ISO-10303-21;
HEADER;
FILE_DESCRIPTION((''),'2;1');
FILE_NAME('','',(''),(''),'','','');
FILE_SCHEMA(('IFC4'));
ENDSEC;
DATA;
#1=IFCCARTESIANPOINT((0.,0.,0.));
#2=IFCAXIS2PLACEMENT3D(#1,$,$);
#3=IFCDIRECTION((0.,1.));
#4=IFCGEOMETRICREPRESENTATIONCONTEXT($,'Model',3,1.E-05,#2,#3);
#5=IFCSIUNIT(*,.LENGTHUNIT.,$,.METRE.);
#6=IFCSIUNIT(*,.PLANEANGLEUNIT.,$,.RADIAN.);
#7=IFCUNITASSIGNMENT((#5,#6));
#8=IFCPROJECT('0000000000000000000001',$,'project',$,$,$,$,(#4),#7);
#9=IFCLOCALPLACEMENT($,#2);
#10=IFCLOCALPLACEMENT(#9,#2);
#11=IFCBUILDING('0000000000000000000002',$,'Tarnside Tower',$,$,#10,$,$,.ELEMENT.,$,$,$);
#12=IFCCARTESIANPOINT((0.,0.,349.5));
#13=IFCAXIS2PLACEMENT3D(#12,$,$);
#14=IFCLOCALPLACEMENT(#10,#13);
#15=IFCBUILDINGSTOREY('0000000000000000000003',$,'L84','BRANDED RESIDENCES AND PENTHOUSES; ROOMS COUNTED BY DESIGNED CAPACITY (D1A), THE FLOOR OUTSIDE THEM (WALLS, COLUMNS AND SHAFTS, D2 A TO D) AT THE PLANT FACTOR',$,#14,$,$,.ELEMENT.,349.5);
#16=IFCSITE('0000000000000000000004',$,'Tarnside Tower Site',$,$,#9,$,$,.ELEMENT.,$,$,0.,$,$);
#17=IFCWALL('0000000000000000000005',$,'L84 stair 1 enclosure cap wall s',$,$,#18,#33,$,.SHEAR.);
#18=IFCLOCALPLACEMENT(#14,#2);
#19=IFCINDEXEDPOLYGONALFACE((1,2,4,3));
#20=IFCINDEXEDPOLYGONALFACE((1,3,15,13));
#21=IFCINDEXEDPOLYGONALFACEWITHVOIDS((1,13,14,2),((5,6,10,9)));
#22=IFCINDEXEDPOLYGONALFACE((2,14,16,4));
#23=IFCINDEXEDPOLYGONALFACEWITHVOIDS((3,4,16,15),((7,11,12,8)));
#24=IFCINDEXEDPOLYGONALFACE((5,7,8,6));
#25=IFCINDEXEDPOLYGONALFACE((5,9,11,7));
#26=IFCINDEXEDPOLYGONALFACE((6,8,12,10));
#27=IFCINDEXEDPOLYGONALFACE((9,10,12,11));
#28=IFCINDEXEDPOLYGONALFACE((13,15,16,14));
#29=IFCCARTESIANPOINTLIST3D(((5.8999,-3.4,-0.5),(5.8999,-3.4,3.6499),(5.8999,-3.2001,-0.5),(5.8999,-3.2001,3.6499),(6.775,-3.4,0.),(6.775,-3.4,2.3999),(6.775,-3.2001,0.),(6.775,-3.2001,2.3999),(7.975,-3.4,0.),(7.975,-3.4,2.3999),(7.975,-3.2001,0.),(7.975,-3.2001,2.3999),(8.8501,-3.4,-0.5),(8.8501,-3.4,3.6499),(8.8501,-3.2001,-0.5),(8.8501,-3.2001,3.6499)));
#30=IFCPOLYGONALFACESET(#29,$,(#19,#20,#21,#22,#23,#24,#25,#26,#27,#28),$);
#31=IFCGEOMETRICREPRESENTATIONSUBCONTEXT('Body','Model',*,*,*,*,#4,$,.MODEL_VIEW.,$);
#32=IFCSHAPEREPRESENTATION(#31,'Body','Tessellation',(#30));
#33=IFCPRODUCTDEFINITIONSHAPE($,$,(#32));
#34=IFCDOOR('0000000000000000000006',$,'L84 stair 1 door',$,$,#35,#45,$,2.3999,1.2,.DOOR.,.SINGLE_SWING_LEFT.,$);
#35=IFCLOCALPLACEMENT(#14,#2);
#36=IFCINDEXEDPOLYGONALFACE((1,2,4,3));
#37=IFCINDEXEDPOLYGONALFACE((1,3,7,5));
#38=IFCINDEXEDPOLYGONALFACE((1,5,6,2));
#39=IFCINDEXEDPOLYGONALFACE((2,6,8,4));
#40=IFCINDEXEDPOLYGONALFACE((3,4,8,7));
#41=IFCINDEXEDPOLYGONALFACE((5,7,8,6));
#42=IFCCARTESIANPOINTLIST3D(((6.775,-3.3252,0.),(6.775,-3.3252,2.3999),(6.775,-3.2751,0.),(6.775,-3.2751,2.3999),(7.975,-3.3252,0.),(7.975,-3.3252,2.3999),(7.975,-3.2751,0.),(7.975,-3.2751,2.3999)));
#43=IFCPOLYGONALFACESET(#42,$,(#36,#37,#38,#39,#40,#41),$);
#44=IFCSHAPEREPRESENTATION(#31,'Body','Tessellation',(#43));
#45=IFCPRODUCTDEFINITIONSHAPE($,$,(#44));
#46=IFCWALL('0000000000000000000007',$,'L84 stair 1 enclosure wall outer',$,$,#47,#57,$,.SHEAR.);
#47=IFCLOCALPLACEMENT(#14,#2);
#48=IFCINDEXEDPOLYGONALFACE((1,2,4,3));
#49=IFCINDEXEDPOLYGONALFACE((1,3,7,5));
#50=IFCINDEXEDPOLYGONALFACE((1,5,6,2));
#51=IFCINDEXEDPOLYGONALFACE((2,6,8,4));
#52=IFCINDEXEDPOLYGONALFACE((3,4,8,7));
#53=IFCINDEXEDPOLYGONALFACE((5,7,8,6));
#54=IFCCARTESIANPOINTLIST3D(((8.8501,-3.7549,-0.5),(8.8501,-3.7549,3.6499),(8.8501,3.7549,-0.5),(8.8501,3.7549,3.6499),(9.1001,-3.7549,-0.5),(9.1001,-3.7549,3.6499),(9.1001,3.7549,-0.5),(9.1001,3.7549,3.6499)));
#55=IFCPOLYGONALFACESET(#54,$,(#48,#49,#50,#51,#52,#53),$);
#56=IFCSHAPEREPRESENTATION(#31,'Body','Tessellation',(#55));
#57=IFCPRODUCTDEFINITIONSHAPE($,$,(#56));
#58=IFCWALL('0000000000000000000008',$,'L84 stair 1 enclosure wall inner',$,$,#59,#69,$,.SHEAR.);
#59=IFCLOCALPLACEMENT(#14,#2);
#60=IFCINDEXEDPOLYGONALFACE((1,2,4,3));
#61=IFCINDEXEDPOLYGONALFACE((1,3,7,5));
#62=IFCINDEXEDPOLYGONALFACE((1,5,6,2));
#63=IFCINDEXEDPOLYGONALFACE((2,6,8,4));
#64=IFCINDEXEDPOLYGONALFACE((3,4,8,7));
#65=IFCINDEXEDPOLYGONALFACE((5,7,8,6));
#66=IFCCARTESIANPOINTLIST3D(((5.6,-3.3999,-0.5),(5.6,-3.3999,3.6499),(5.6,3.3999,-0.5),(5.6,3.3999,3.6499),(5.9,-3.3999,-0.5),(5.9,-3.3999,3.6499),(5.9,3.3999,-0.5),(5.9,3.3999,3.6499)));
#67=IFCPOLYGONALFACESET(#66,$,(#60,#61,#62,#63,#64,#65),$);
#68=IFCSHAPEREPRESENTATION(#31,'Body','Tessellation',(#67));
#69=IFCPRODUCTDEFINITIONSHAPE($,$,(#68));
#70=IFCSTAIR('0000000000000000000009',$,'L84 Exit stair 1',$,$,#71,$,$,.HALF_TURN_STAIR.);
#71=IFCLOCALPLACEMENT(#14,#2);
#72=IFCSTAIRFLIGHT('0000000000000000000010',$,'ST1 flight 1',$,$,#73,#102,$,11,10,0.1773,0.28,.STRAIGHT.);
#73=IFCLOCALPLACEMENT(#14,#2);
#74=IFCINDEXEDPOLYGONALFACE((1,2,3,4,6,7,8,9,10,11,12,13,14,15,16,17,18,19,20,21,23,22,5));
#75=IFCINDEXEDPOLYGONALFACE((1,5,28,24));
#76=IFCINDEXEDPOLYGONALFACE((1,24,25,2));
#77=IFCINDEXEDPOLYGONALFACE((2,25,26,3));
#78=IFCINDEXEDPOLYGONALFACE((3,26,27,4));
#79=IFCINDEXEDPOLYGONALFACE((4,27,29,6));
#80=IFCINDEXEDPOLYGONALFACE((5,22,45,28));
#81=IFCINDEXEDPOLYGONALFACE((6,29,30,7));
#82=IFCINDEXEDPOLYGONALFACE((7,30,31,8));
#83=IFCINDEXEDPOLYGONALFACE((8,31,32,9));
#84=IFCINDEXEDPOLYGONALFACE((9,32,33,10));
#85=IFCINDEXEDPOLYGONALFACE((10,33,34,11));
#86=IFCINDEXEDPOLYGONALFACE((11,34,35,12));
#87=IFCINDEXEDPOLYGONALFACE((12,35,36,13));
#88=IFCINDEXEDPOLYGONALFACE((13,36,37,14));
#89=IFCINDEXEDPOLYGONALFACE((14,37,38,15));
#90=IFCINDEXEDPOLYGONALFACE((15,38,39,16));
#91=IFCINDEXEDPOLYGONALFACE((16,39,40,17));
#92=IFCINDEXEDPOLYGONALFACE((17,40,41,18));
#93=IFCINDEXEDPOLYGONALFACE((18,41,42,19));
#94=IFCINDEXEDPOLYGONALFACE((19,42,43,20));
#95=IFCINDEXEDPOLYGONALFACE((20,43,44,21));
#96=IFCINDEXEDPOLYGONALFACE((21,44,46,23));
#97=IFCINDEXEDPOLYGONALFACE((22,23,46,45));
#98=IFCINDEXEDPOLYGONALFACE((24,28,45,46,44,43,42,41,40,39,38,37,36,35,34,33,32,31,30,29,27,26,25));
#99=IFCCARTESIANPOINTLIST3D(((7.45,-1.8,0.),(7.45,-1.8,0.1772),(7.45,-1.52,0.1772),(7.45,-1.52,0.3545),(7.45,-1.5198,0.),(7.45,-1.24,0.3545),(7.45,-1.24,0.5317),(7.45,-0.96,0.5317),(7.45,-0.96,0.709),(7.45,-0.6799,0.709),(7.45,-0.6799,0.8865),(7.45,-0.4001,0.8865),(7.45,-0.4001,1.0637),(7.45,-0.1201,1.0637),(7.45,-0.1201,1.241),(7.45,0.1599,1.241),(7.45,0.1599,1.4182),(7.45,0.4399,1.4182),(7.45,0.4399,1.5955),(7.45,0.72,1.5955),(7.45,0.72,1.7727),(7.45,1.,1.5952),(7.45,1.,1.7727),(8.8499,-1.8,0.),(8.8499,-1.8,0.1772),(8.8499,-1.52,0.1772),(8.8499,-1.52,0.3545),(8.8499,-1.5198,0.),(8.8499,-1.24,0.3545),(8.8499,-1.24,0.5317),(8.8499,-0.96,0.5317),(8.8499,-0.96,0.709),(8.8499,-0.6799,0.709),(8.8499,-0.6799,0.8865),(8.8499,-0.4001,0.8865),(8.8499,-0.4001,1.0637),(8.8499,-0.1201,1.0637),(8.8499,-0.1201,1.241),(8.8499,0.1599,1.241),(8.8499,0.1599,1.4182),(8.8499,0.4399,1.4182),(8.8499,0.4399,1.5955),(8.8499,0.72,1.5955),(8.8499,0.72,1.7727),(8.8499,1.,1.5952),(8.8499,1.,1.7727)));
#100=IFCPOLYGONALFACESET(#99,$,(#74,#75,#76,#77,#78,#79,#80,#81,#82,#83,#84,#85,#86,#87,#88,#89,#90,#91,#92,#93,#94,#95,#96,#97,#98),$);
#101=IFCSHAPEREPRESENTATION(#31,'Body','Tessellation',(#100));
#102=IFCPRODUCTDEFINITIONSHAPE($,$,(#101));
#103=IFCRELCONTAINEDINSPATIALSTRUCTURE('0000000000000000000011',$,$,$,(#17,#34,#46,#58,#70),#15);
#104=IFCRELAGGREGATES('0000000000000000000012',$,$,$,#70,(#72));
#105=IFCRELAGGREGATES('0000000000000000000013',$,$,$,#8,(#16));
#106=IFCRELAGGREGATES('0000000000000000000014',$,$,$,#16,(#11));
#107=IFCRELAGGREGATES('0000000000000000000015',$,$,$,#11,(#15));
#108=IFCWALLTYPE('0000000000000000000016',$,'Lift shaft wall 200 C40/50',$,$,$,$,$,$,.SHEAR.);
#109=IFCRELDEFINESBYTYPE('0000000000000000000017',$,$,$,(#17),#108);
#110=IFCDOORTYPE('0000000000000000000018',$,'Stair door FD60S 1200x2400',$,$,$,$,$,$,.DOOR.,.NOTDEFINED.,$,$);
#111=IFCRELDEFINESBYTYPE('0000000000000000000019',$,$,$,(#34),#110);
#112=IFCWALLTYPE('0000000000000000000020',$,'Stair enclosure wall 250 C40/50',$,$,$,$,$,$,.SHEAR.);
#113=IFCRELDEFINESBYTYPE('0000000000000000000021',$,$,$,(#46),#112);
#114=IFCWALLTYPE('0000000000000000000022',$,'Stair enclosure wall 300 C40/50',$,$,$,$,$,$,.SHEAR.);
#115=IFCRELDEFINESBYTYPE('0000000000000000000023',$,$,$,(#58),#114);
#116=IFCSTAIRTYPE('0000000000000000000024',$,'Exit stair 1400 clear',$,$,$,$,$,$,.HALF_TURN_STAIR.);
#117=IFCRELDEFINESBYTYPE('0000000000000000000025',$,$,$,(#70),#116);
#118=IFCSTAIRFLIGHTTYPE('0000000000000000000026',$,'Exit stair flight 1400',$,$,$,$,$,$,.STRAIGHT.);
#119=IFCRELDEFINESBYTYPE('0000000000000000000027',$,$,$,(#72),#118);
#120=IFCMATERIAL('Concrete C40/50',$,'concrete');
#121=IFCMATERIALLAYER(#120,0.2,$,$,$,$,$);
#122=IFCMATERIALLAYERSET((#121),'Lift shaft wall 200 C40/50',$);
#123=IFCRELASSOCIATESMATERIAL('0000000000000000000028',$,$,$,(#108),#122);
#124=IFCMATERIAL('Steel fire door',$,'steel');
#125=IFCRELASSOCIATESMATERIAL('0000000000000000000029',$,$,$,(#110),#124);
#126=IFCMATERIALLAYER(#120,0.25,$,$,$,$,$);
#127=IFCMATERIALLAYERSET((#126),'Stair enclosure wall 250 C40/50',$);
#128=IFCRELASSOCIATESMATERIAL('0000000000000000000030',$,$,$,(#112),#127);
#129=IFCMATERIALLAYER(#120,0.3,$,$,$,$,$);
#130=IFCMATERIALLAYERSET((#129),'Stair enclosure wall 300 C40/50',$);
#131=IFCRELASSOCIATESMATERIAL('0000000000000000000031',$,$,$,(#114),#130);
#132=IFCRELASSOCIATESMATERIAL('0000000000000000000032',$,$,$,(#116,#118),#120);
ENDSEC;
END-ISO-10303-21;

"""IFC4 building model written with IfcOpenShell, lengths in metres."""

from ifc_helpers import new_model, si_unit, direction, frame, frame_2d, origin, place, context, subcontext, project, spatial, polyline, rectangle, outline, extrude, material, layer, layer_set, type_object, element, fill, aggregate, save


model = new_model("IFC4")

# Units and contexts
model_context = context("Model", 3, precision=1e-05, world=origin(), true_north=direction((0.0, 1.0)))
body_context = subcontext(model_context, "Body", "Model", "MODEL_VIEW")
ifc_project = project(units=[si_unit("LENGTHUNIT", "METRE"), si_unit("PLANEANGLEUNIT", "RADIAN")], contexts=[model_context])

# Site, building, storey
site_placement = place(None, origin())
site = spatial("IfcSite", under=ifc_project, at=site_placement, Name="Tarnside Tower Site", CompositionType="ELEMENT", RefElevation=0.0)
building_placement = place(site_placement, origin())
building = spatial("IfcBuilding", under=site, at=building_placement, Name="Tarnside Tower", CompositionType="ELEMENT")
storey_placement = place(building_placement, frame((0.0, 0.0, 349.5)))
storey = spatial("IfcBuildingStorey", under=building, at=storey_placement, Name="L84", Description="BRANDED RESIDENCES AND PENTHOUSES; ROOMS COUNTED BY DESIGNED CAPACITY (D1A), THE FLOOR OUTSIDE THEM (WALLS, COLUMNS AND SHAFTS, D2 A TO D) AT THE PLANT FACTOR", CompositionType="ELEMENT", Elevation=349.5)

# Shared definitions
ifc_material_1 = material(Name="Concrete C40/50", Category="concrete")
ifc_material_2 = material(Name="Steel fire door", Category="steel")

# Shared definitions
ifc_layer_1 = layer(ifc_material_1, 0.2)
ifc_layer_set_1 = layer_set([ifc_layer_1], Name="Lift shaft wall 200 C40/50")
wall_type_1 = type_object("IfcWallType", Name="Lift shaft wall 200 C40/50", PredefinedType="SHEAR", material=ifc_layer_set_1)

# Wall, opening, door
wall_1_placement = place(storey_placement, frame((5.8999, -3.3, -0.5), z_axis=(0.0, 0.0, 1.0), x_axis=(1.0, 0.0, 0.0)))
wall_1 = element("IfcWall", 1, at=wall_1_placement, inside=storey, type_object=wall_type_1, Name="L84 stair 1 enclosure cap wall s", PredefinedType="SHEAR", context=body_context, shape_type="SweptSolid", body=[
    extrude(rectangle(XDim=2.9502, YDim=0.2, at=frame_2d((1.4751, 0.0))), origin(), (0.0, 0.0, 1.0), 4.1499),
])
opening_1_placement = place(wall_1_placement, frame((0.875, 0.0, 0.5)))
opening_1 = element("IfcOpeningElement", 2, at=opening_1_placement, cuts=wall_1, PredefinedType="OPENING", context=body_context, shape_type="SweptSolid", body=[
    extrude(rectangle(XDim=1.2, YDim=2.3999, at=frame_2d((0.6001, 1.2))), frame((0.0, 0.1099, 0.0), z_axis=(0.0, -1.0, 0.0), x_axis=(1.0, 0.0, 0.0)), (0.0, 0.0, 1.0), 0.22),
])
door_type_1 = type_object("IfcDoorType", Name="Stair door FD60S 1200x2400", OperationType="NOTDEFINED", PredefinedType="DOOR", material=ifc_material_2)
door_1_placement = place(opening_1_placement, origin())
door_1 = element("IfcDoor", 3, at=door_1_placement, inside=storey, type_object=door_type_1, Name="L84 stair 1 door", OperationType="SINGLE_SWING_LEFT", OverallHeight=2.3999, OverallWidth=1.2, PredefinedType="DOOR", context=body_context, shape_type="SweptSolid", body=[
    extrude(rectangle(XDim=1.2, YDim=2.3999, at=frame_2d((0.6001, 1.2))), frame((0.0, 0.0249, 0.0), z_axis=(0.0, -1.0, 0.0), x_axis=(1.0, 0.0, 0.0)), (0.0, 0.0, 1.0), 0.05),
])
fill(opening_1, door_1)

# Walls
ifc_layer_2 = layer(ifc_material_1, 0.25)
ifc_layer_set_2 = layer_set([ifc_layer_2], Name="Stair enclosure wall 250 C40/50")
wall_type_2 = type_object("IfcWallType", Name="Stair enclosure wall 250 C40/50", PredefinedType="SHEAR", material=ifc_layer_set_2)
wall_2_placement = place(storey_placement, frame((8.9751, -3.7549, -0.5), z_axis=(0.0, 0.0, 1.0), x_axis=(0.0, 1.0, 0.0)))
element("IfcWall", 4, at=wall_2_placement, inside=storey, type_object=wall_type_2, Name="L84 stair 1 enclosure wall outer", PredefinedType="SHEAR", context=body_context, shape_type="SweptSolid", body=[
    extrude(rectangle(XDim=7.5098, YDim=0.25, at=frame_2d((3.7549, 0.0))), origin(), (0.0, 0.0, 1.0), 4.1499),
])
ifc_layer_3 = layer(ifc_material_1, 0.3)
ifc_layer_set_3 = layer_set([ifc_layer_3], Name="Stair enclosure wall 300 C40/50")
wall_type_3 = type_object("IfcWallType", Name="Stair enclosure wall 300 C40/50", PredefinedType="SHEAR", material=ifc_layer_set_3)
wall_3_placement = place(storey_placement, frame((5.75, -3.3999, -0.5), z_axis=(0.0, 0.0, 1.0), x_axis=(0.0, 1.0, 0.0)))
element("IfcWall", 5, at=wall_3_placement, inside=storey, type_object=wall_type_3, Name="L84 stair 1 enclosure wall inner", PredefinedType="SHEAR", context=body_context, shape_type="SweptSolid", body=[
    extrude(rectangle(XDim=6.7998, YDim=0.3, at=frame_2d((3.3999, 0.0))), origin(), (0.0, 0.0, 1.0), 4.1499),
])

# Stair, stair flight
stair_type = type_object("IfcStairType", Name="Exit stair 1400 clear", PredefinedType="HALF_TURN_STAIR", material=ifc_material_1)
stair_placement = place(storey_placement, origin())
stair = element("IfcStair", 6, at=stair_placement, inside=storey, type_object=stair_type, Name="L84 Exit stair 1", PredefinedType="HALF_TURN_STAIR")
stair_flight_type = type_object("IfcStairFlightType", Name="Exit stair flight 1400", PredefinedType="STRAIGHT", material=ifc_material_1)
stair_flight_placement = place(storey_placement, frame((8.1499, -1.8, 0.0), z_axis=(0.0, 0.0, 1.0), x_axis=(0.0, 1.0, 0.0)))
stair_flight = element("IfcStairFlight", 7, at=stair_flight_placement, type_object=stair_flight_type, Name="ST1 flight 1", NumberOfRisers=11, NumberOfTreads=10, PredefinedType="STRAIGHT", RiserHeight=0.1773, TreadLength=0.28, context=body_context, shape_type="SweptSolid", body=[
    extrude(outline(polyline([(0.0, 0.0), (0.0, 0.1772), (0.28, 0.1772), (0.28, 0.3545), (0.5601, 0.3545), (0.5601, 0.5317), (0.8401, 0.5317), (0.8401, 0.709), (1.1201, 0.709), (1.1201, 0.8865), (1.3999, 0.8865), (1.3999, 1.0637), (1.6799, 1.0637), (1.6799, 1.241), (1.96, 1.241), (1.96, 1.4182), (2.24, 1.4182), (2.24, 1.5955), (2.52, 1.5955), (2.52, 1.7727), (2.8, 1.7727), (2.8, 1.95), (2.8, 1.5952), (0.2803, 0.0), (0.0, 0.0)])), frame((0.0, 0.7, 0.0), z_axis=(0.0, -1.0, 0.0), x_axis=(1.0, 0.0, 0.0)), (0.0, 0.0, 1.0), 1.3999),
])
aggregate(stair, [stair_flight])

save(model, "model.ifc")
